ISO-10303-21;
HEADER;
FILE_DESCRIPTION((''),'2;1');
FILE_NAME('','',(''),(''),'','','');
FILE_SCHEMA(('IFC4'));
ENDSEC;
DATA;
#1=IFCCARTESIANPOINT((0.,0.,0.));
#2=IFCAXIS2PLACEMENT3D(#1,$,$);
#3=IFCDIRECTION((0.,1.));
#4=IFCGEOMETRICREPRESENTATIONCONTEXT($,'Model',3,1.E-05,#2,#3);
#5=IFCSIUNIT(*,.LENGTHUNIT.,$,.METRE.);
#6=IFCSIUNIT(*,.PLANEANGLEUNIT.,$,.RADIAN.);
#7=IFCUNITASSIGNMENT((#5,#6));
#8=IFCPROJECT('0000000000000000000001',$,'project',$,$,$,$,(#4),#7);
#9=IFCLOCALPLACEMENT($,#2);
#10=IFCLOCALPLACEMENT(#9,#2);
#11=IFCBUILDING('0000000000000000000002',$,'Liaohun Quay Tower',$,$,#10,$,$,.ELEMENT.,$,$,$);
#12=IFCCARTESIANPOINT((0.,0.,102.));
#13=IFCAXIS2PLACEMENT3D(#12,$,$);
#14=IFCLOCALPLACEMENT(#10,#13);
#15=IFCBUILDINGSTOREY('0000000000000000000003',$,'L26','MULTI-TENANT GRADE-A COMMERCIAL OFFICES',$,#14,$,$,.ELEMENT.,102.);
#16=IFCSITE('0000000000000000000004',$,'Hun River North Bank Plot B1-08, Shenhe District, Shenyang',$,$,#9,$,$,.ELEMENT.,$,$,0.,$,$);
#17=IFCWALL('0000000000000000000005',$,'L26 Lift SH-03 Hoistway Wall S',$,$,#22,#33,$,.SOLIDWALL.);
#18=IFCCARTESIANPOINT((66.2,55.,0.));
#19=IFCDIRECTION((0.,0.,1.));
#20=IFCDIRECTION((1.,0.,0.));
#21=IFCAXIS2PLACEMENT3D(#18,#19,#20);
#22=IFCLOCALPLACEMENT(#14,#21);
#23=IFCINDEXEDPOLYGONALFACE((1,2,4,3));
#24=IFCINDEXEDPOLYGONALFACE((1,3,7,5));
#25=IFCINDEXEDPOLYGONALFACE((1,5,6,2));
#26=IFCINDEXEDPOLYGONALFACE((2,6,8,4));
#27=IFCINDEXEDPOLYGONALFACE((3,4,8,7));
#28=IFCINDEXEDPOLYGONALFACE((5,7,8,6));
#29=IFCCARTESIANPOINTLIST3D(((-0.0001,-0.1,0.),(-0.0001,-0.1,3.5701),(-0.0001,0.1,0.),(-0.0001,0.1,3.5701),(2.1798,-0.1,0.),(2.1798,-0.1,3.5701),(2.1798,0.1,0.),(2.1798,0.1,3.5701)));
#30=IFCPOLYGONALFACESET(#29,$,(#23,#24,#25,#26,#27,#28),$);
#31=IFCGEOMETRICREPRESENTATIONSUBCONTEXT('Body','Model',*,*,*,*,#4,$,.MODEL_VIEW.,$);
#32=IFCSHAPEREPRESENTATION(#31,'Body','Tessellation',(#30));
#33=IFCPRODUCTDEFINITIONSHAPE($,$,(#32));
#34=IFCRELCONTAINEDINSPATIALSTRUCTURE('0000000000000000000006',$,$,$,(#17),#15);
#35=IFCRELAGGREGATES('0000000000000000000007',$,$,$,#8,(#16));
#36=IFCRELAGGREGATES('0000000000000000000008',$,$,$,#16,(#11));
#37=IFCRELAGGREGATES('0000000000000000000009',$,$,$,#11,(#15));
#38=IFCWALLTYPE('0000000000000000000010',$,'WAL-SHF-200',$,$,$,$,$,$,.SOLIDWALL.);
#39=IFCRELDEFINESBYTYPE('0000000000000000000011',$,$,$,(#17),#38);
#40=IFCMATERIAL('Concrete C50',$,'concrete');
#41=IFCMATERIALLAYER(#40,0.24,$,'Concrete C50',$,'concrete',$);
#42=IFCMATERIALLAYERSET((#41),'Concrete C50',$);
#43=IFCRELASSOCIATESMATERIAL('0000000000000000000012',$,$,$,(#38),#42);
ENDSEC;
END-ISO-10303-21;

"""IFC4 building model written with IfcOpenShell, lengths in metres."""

from ifc_helpers import new_model, si_unit, direction, frame, frame_2d, origin, place, context, subcontext, project, spatial, rectangle, extrude, material, layer, layer_set, type_object, element, save


model = new_model("IFC4")

# Units and contexts
model_context = context("Model", 3, precision=1e-05, world=origin(), true_north=direction((0.0, 1.0)))
body_context = subcontext(model_context, "Body", "Model", "MODEL_VIEW")
ifc_project = project(units=[si_unit("LENGTHUNIT", "METRE"), si_unit("PLANEANGLEUNIT", "RADIAN")], contexts=[model_context])

# Site, building, storey
site_placement = place(None, origin())
site = spatial("IfcSite", under=ifc_project, at=site_placement, Name="Hun River North Bank Plot B1-08, Shenhe District, Shenyang", CompositionType="ELEMENT", RefElevation=0.0)
building_placement = place(site_placement, origin())
building = spatial("IfcBuilding", under=site, at=building_placement, Name="Liaohun Quay Tower", CompositionType="ELEMENT")
storey_placement = place(building_placement, frame((0.0, 0.0, 102.0)))
storey = spatial("IfcBuildingStorey", under=building, at=storey_placement, Name="L26", Description="MULTI-TENANT GRADE-A COMMERCIAL OFFICES", CompositionType="ELEMENT", Elevation=102.0)

# Shared definitions
ifc_material_1 = material(Name="Concrete C50", Category="concrete")
ifc_layer_1 = layer(ifc_material_1, 0.24, Name="Concrete C50", Category="concrete")
ifc_layer_set_1 = layer_set([ifc_layer_1], Name="Concrete C50")
wall_type_1 = type_object("IfcWallType", Name="WAL-SHF-200", PredefinedType="SOLIDWALL", material=ifc_layer_set_1)

# Wall
wall_1_placement = place(storey_placement, frame((66.2, 55.0, 0.0), z_axis=(0.0, 0.0, 1.0), x_axis=(1.0, 0.0, 0.0)))
element("IfcWall", 1, at=wall_1_placement, inside=storey, type_object=wall_type_1, Name="L26 Lift SH-03 Hoistway Wall S", PredefinedType="SOLIDWALL", context=body_context, shape_type="SweptSolid", body=[
    extrude(rectangle(XDim=2.1799, YDim=0.2, at=frame_2d((1.0898, 0.0))), origin(), (0.0, 0.0, 1.0), 3.5701),
])

save(model, "model.ifc")
